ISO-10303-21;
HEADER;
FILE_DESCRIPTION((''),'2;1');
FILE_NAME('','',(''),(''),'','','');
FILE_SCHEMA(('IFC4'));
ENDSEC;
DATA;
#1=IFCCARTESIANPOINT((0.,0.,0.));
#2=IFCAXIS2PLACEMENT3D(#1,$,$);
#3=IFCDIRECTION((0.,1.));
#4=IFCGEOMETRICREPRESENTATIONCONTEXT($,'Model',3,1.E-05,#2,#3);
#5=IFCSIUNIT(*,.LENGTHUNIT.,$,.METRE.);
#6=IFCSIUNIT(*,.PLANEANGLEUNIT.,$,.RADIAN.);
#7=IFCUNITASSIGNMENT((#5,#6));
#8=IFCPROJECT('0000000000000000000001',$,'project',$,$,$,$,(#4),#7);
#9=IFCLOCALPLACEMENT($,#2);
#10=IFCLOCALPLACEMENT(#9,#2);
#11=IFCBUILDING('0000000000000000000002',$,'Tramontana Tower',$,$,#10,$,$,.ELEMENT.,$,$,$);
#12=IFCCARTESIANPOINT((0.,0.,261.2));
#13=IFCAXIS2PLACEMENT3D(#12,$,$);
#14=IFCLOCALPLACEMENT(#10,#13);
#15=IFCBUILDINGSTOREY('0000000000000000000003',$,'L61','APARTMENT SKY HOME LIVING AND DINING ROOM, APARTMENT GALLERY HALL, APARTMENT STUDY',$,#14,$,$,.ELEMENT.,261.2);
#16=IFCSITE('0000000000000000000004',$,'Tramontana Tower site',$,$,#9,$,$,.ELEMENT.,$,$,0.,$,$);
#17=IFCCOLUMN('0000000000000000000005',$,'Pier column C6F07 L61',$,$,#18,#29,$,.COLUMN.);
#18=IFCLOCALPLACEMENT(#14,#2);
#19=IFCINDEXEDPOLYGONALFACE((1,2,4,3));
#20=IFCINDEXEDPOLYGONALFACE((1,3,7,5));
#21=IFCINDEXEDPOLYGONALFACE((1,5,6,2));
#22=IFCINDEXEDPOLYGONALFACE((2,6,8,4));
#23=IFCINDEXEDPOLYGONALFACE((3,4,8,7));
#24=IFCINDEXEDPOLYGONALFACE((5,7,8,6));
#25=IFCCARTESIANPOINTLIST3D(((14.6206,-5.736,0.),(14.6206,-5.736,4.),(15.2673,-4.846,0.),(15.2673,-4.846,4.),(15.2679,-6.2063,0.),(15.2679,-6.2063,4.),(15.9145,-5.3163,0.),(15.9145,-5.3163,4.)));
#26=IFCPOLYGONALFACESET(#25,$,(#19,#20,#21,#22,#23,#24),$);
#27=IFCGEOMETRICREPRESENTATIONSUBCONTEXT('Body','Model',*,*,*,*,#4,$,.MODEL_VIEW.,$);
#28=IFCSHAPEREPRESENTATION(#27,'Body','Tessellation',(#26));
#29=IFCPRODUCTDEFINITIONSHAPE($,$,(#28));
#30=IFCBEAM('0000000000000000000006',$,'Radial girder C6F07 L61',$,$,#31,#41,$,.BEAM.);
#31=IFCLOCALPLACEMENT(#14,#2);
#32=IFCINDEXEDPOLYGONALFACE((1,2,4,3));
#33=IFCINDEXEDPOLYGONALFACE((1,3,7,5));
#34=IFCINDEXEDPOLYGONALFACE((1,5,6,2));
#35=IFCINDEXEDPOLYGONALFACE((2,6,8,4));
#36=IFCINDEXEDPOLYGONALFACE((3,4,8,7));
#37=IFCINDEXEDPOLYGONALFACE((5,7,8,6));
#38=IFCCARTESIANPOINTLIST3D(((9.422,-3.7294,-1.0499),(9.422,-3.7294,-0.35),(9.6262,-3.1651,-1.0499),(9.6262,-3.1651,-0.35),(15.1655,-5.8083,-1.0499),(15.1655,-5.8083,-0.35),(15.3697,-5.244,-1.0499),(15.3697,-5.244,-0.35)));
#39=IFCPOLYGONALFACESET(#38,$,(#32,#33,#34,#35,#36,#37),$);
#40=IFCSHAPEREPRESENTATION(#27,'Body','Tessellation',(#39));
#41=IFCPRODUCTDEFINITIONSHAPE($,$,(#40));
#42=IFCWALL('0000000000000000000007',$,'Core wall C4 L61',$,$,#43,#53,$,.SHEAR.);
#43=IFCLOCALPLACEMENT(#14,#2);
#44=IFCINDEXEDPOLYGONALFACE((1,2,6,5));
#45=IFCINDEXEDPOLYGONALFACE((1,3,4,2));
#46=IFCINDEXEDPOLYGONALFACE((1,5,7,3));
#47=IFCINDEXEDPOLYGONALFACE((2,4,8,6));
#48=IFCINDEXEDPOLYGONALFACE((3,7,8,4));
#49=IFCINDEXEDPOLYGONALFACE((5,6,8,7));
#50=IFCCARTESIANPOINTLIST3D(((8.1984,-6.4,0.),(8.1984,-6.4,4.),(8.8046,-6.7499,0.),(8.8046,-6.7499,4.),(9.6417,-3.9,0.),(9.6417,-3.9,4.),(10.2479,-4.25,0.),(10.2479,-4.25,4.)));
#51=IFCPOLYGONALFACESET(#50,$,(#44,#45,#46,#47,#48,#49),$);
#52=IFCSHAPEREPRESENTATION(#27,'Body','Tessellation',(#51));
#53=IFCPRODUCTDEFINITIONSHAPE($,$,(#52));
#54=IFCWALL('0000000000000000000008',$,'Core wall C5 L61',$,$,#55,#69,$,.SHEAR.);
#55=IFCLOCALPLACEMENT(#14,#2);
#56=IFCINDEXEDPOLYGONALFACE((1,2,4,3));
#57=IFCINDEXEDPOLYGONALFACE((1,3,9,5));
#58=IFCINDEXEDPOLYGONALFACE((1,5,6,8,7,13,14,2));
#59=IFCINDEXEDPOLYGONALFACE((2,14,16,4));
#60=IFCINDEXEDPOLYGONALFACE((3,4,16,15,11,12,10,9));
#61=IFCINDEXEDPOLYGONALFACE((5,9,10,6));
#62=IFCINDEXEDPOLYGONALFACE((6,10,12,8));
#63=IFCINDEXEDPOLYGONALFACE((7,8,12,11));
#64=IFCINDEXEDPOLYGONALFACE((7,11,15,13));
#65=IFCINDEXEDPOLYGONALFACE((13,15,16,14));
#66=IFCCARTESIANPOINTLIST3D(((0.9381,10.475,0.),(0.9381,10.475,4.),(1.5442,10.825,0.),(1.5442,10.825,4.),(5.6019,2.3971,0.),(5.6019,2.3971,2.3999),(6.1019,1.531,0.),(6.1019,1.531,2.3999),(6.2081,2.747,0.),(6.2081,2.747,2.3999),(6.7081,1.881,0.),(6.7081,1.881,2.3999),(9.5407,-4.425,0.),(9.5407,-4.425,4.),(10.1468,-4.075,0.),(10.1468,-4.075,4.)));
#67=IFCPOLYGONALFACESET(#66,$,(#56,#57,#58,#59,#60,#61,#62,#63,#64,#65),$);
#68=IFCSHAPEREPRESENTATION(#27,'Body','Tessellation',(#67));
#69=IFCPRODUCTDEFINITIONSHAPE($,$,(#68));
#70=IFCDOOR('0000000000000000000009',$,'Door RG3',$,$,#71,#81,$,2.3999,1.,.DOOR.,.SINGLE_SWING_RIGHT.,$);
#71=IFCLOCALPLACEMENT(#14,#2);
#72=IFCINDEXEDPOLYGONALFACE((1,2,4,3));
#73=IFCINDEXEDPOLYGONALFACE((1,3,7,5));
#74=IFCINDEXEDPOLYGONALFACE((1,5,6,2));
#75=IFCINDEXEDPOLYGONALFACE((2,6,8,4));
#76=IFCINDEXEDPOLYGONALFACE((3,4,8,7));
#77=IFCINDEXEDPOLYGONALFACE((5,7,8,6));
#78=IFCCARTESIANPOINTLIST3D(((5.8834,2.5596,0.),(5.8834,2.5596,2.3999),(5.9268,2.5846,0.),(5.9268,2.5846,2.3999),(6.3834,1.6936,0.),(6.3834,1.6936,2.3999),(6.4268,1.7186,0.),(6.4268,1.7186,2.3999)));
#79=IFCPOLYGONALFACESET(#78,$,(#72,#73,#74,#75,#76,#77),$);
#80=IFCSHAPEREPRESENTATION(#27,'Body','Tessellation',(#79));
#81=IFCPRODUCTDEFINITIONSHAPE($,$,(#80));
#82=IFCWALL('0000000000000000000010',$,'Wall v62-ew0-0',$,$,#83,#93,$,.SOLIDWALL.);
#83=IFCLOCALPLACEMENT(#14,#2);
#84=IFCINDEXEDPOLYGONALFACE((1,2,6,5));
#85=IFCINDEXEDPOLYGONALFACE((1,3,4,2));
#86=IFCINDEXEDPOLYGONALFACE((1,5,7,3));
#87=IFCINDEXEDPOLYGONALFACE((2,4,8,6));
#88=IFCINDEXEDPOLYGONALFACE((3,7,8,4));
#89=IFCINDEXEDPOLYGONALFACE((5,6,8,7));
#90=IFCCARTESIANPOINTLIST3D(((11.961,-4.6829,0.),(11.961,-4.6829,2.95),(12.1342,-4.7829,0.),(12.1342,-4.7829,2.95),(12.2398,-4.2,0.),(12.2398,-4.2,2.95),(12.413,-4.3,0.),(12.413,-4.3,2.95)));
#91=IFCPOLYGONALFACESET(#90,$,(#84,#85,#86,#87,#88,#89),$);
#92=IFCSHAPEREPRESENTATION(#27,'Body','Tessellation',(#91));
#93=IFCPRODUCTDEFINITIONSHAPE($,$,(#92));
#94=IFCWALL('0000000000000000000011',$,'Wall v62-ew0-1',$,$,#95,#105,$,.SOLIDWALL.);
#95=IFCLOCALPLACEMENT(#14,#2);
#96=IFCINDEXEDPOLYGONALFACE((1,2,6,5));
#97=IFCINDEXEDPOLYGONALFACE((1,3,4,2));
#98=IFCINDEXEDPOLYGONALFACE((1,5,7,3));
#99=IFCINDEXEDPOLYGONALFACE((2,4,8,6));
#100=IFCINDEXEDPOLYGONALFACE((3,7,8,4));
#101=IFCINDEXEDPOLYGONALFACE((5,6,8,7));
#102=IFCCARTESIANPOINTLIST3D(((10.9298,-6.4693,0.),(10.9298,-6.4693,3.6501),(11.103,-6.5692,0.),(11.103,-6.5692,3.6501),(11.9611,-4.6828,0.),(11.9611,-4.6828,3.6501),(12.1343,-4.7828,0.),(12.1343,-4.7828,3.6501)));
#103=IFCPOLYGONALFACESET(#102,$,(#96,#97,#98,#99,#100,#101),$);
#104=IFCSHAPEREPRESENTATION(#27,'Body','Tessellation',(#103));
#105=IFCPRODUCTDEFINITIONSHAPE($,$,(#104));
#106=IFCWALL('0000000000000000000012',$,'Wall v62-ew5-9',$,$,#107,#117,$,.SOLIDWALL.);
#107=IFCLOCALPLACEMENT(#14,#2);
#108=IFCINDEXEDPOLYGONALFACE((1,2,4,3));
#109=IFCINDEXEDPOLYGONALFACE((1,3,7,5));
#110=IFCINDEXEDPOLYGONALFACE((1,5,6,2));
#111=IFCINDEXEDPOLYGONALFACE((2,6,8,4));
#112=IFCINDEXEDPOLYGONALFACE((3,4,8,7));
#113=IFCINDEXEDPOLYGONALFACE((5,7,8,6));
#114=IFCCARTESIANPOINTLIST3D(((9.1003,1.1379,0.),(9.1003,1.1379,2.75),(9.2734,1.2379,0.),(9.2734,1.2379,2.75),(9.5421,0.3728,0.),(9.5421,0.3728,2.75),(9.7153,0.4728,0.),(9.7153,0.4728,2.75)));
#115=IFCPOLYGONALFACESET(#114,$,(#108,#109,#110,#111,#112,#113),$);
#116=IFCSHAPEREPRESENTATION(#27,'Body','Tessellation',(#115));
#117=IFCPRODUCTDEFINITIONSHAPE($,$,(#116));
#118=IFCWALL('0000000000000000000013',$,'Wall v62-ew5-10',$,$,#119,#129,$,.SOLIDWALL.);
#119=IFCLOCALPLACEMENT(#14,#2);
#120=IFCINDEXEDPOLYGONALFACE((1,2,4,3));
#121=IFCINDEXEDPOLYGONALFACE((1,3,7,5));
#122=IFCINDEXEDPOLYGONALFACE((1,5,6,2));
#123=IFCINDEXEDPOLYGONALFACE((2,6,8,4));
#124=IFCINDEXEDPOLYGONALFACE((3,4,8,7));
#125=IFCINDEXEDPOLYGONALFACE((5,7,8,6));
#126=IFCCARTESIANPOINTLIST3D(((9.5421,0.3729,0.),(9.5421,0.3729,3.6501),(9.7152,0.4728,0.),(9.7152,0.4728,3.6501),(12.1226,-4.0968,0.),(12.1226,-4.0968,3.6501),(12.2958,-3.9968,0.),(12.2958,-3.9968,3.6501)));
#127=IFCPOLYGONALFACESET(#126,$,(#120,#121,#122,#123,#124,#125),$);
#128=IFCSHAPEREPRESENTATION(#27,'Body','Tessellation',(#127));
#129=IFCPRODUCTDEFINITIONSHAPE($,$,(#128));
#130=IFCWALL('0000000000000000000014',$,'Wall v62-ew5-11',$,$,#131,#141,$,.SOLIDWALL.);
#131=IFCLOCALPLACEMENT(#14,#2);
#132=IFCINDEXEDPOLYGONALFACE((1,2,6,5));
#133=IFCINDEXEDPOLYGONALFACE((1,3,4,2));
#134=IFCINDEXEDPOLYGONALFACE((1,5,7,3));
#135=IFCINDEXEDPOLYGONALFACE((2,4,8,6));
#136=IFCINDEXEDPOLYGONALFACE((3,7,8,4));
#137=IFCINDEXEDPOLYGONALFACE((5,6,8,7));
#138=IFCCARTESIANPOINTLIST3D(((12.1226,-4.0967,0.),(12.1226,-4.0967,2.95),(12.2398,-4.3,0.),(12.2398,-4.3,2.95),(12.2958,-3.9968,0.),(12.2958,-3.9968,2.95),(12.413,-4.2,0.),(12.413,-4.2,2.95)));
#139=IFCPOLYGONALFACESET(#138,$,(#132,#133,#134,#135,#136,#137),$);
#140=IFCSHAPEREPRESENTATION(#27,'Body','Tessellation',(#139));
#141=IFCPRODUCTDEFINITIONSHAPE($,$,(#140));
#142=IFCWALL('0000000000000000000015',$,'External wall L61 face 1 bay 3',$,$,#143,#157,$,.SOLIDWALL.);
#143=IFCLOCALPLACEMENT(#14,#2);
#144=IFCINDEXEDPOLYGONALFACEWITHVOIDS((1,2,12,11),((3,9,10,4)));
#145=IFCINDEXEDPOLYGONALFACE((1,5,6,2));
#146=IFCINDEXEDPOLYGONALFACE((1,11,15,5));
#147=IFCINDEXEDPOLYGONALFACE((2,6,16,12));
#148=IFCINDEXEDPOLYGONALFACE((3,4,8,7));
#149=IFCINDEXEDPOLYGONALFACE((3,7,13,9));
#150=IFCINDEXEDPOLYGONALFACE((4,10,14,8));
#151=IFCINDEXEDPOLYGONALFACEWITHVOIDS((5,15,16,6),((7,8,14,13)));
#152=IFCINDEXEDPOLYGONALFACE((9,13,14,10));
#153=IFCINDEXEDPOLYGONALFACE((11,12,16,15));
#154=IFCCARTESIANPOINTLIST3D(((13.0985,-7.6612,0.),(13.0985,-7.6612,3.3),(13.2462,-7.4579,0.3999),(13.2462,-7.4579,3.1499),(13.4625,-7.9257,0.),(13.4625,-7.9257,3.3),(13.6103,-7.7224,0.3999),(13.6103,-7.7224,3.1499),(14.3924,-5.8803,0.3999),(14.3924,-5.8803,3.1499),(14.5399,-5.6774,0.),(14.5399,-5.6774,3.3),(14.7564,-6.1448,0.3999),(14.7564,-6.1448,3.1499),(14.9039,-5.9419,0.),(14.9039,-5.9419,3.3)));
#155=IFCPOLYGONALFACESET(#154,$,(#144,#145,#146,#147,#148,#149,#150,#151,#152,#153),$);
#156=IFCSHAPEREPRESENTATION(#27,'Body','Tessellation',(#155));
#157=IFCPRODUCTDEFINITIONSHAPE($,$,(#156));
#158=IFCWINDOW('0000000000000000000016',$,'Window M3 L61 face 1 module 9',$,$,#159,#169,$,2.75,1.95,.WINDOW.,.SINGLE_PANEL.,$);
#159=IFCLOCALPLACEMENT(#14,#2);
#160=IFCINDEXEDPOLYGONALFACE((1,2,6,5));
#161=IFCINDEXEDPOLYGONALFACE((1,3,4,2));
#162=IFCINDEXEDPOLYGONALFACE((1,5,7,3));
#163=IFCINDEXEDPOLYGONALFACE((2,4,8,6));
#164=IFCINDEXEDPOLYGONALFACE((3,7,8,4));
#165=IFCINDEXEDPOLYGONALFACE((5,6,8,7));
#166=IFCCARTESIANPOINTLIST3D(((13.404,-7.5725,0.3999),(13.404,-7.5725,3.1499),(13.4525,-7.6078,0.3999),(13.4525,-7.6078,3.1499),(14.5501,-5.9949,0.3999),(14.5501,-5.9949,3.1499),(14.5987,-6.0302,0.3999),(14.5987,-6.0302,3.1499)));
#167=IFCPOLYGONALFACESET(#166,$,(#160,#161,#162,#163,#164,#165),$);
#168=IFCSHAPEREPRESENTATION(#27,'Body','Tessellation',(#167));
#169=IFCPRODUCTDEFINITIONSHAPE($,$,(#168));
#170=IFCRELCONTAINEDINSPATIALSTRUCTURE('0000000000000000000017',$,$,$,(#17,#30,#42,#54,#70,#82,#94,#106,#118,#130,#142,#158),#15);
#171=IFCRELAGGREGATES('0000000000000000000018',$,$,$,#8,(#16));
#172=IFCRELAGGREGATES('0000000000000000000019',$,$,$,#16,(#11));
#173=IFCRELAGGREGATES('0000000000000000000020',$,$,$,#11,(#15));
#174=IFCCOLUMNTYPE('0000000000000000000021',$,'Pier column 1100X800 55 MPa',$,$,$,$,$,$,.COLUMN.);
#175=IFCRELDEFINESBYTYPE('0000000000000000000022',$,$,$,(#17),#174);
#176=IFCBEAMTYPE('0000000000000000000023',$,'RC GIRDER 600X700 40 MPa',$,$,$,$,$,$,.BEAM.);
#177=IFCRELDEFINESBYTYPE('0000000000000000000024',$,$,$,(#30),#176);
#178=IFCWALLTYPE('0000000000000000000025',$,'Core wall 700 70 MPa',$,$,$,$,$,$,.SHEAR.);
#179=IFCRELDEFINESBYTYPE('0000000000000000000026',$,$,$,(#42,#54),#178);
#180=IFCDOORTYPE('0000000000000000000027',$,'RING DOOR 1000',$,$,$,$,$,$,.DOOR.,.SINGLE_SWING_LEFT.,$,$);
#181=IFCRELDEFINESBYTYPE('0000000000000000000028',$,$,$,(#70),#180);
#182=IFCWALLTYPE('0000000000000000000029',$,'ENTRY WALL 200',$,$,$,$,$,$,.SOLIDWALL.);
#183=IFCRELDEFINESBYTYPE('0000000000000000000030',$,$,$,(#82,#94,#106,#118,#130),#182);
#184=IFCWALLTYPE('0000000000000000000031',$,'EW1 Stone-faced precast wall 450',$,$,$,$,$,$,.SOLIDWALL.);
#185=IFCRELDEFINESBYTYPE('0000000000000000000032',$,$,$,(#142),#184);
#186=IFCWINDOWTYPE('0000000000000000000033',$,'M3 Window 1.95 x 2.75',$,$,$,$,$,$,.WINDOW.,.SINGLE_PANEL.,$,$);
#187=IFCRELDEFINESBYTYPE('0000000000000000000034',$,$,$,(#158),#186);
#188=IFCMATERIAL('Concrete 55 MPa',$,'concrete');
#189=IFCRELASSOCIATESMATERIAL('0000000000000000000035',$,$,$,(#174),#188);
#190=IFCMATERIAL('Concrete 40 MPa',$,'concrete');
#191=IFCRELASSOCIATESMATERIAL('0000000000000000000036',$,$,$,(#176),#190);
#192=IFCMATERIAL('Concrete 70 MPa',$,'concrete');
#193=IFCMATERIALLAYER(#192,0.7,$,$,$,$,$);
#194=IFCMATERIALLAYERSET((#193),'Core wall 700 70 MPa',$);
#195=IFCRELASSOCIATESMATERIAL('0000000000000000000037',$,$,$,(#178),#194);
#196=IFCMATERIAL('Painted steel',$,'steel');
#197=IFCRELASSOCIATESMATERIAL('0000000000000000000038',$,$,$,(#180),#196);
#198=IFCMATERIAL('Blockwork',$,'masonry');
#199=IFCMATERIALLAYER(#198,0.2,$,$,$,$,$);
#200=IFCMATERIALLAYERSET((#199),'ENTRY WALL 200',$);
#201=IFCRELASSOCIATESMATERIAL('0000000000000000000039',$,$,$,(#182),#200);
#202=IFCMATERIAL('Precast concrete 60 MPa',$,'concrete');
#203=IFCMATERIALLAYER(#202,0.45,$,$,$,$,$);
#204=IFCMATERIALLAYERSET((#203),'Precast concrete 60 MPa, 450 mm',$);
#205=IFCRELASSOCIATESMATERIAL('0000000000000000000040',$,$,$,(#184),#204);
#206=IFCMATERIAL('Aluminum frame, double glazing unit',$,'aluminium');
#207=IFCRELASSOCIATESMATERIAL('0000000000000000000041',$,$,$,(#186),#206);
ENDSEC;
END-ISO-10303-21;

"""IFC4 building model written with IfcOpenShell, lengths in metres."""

from ifc_helpers import new_model, si_unit, direction, frame, frame_2d, origin, origin_2d, place, context, subcontext, project, spatial, rectangle, extrude, material, layer, layer_set, material_profile, profile_set, type_object, element, fill, save


model = new_model("IFC4")

# Units and contexts
model_context = context("Model", 3, precision=1e-05, world=origin(), true_north=direction((0.0, 1.0)))
body_context = subcontext(model_context, "Body", "Model", "MODEL_VIEW")
ifc_project = project(units=[si_unit("LENGTHUNIT", "METRE"), si_unit("PLANEANGLEUNIT", "RADIAN")], contexts=[model_context])

# Site, building, storey
site_placement = place(None, origin())
site = spatial("IfcSite", under=ifc_project, at=site_placement, Name="Tramontana Tower site", CompositionType="ELEMENT", RefElevation=0.0)
building_placement = place(site_placement, origin())
building = spatial("IfcBuilding", under=site, at=building_placement, Name="Tramontana Tower", CompositionType="ELEMENT")
storey_placement = place(building_placement, frame((0.0, 0.0, 261.2)))
storey = spatial("IfcBuildingStorey", under=building, at=storey_placement, Name="L61", Description="APARTMENT SKY HOME LIVING AND DINING ROOM, APARTMENT GALLERY HALL, APARTMENT STUDY", CompositionType="ELEMENT", Elevation=261.2)

# Column
ifc_material_1 = material(Name="Concrete 55 MPa", Category="concrete")
ifc_material_profile_1 = material_profile(ifc_material_1, rectangle(XDim=1.1001, YDim=0.8, at=origin_2d()), Name="Pier column 1100X800 55 MPa")
ifc_profile_set_1 = profile_set([ifc_material_profile_1], Name="Concrete 55 MPa")
column_type = type_object("IfcColumnType", Name="Pier column 1100X800 55 MPa", PredefinedType="COLUMN", material=ifc_profile_set_1)
column_placement = place(storey_placement, frame((15.2676, -5.5261, 0.0), z_axis=(0.0, 0.0, 1.0), x_axis=(0.587785, 0.809017, 0.0)))
element("IfcColumn", 1, at=column_placement, inside=storey, type_object=column_type, Name="Pier column C6F07 L61", PredefinedType="COLUMN", context=body_context, shape_type="SweptSolid", body=[
    extrude(rectangle(XDim=1.1001, YDim=0.8, at=origin_2d()), origin(), (0.0, 0.0, 1.0), 4.0),
])

# Beam
ifc_material_2 = material(Name="Concrete 40 MPa", Category="concrete")
ifc_material_profile_2 = material_profile(ifc_material_2, rectangle(XDim=0.6001, YDim=0.7, at=origin_2d()), Name="RC GIRDER 600X700 40 MPa")
ifc_profile_set_2 = profile_set([ifc_material_profile_2], Name="Concrete 40 MPa")
beam_type = type_object("IfcBeamType", Name="RC GIRDER 600X700 40 MPa", PredefinedType="BEAM", material=ifc_profile_set_2)
beam_placement = place(storey_placement, frame((15.2676, -5.5261, -0.7), z_axis=(-0.9403, 0.340347, 0.0), x_axis=(-0.340347, -0.9403, 0.0)))
element("IfcBeam", 2, at=beam_placement, inside=storey, type_object=beam_type, Name="Radial girder C6F07 L61", PredefinedType="BEAM", context=body_context, shape_type="SweptSolid", body=[
    extrude(rectangle(XDim=0.6001, YDim=0.7, at=origin_2d()), origin(), (0.0, 0.0, 1.0), 6.1082),
])

# Wall
ifc_material_3 = material(Name="Concrete 70 MPa", Category="concrete")
ifc_layer_1 = layer(ifc_material_3, 0.7)
ifc_layer_set_1 = layer_set([ifc_layer_1], Name="Core wall 700 70 MPa")
wall_type_1 = type_object("IfcWallType", Name="Core wall 700 70 MPa", PredefinedType="SHEAR", material=ifc_layer_set_1)
wall_1_placement = place(storey_placement, frame((8.5015, -6.575, 0.0), z_axis=(0.0, 0.0, 1.0), x_axis=(0.499996, 0.866028, 0.0)))
element("IfcWall", 3, at=wall_1_placement, inside=storey, type_object=wall_type_1, Name="Core wall C4 L61", PredefinedType="SHEAR", context=body_context, shape_type="SweptSolid", body=[
    extrude(rectangle(XDim=2.8867, YDim=0.7, at=frame_2d((1.4434, 0.0))), origin(), (0.0, 0.0, 1.0), 4.0),
])

# Wall, opening, door
wall_2_placement = place(storey_placement, frame((9.8438, -4.25, 0.0), z_axis=(0.0, 0.0, 1.0), x_axis=(-0.500003, 0.866023, 0.0)))
wall_2 = element("IfcWall", 4, at=wall_2_placement, inside=storey, type_object=wall_type_1, Name="Core wall C5 L61", PredefinedType="SHEAR", context=body_context, shape_type="SweptSolid", body=[
    extrude(rectangle(XDim=17.2051, YDim=0.7, at=frame_2d((8.6025, 0.0))), origin(), (0.0, 0.0, 1.0), 4.0),
])
opening_1_placement = place(wall_2_placement, frame((6.8774, 0.0, 0.0)))
opening_1 = element("IfcOpeningElement", 5, at=opening_1_placement, cuts=wall_2, PredefinedType="OPENING", context=body_context, shape_type="SweptSolid", body=[
    extrude(rectangle(XDim=1.0, YDim=2.3999, at=frame_2d((0.5, 1.2))), frame((0.0, 0.3599, 0.0), z_axis=(0.0, -1.0, 0.0), x_axis=(1.0, 0.0, 0.0)), (0.0, 0.0, 1.0), 0.72),
])
ifc_material_4 = material(Name="Painted steel", Category="steel")
door_type_1 = type_object("IfcDoorType", Name="RING DOOR 1000", OperationType="SINGLE_SWING_LEFT", PredefinedType="DOOR", material=ifc_material_4)
door_1_placement = place(opening_1_placement, origin())
door_1 = element("IfcDoor", 6, at=door_1_placement, inside=storey, type_object=door_type_1, Name="Door RG3", OperationType="SINGLE_SWING_RIGHT", OverallHeight=2.3999, OverallWidth=1.0, PredefinedType="DOOR", context=body_context, shape_type="SweptSolid", body=[
    extrude(rectangle(XDim=1.0, YDim=2.3999, at=frame_2d((0.5, 1.2))), frame((0.0, 0.0249, 0.0), z_axis=(0.0, -1.0, 0.0), x_axis=(1.0, 0.0, 0.0)), (0.0, 0.0, 1.0), 0.05),
])
fill(opening_1, door_1)

# Walls
ifc_material_5 = material(Name="Blockwork", Category="masonry")
ifc_layer_2 = layer(ifc_material_5, 0.2)
ifc_layer_set_2 = layer_set([ifc_layer_2], Name="ENTRY WALL 200")
wall_type_2 = type_object("IfcWallType", Name="ENTRY WALL 200", PredefinedType="SOLIDWALL", material=ifc_layer_set_2)
wall_3_placement = place(storey_placement, frame((12.3264, -4.25, 0.0), z_axis=(0.0, 0.0, 1.0), x_axis=(-0.5, -0.866025, 0.0)))
element("IfcWall", 7, at=wall_3_placement, inside=storey, type_object=wall_type_2, Name="Wall v62-ew0-0", PredefinedType="SOLIDWALL", context=body_context, shape_type="SweptSolid", body=[
    extrude(rectangle(XDim=0.5576, YDim=0.2, at=frame_2d((0.2788, 0.0))), origin(), (0.0, 0.0, 1.0), 2.95),
])
wall_4_placement = place(storey_placement, frame((12.0476, -4.7329, 0.0), z_axis=(0.0, 0.0, 1.0), x_axis=(-0.499958, -0.86605, 0.0)))
element("IfcWall", 8, at=wall_4_placement, inside=storey, type_object=wall_type_2, Name="Wall v62-ew0-1", PredefinedType="SOLIDWALL", context=body_context, shape_type="SweptSolid", body=[
    extrude(rectangle(XDim=2.0627, YDim=0.2, at=frame_2d((1.0312, 0.0))), origin(), (0.0, 0.0, 1.0), 3.6501),
])
wall_5_placement = place(storey_placement, frame((9.1868, 1.188, 0.0), z_axis=(0.0, 0.0, 1.0), x_axis=(0.500121, -0.865955, 0.0)))
element("IfcWall", 9, at=wall_5_placement, inside=storey, type_object=wall_type_2, Name="Wall v62-ew5-9", PredefinedType="SOLIDWALL", context=body_context, shape_type="SweptSolid", body=[
    extrude(rectangle(XDim=0.8835, YDim=0.2, at=frame_2d((0.4419, 0.0))), origin(), (0.0, 0.0, 1.0), 2.75),
])
wall_6_placement = place(storey_placement, frame((9.6287, 0.4229, 0.0), z_axis=(0.0, 0.0, 1.0), x_axis=(0.499995, -0.866028, 0.0)))
element("IfcWall", 10, at=wall_6_placement, inside=storey, type_object=wall_type_2, Name="Wall v62-ew5-10", PredefinedType="SOLIDWALL", context=body_context, shape_type="SweptSolid", body=[
    extrude(rectangle(XDim=5.1611, YDim=0.2, at=frame_2d((2.5806, 0.0))), origin(), (0.0, 0.0, 1.0), 3.6501),
])
wall_7_placement = place(storey_placement, frame((12.2092, -4.0469, 0.0), z_axis=(0.0, 0.0, 1.0), x_axis=(0.499722, -0.866186, 0.0)))
element("IfcWall", 11, at=wall_7_placement, inside=storey, type_object=wall_type_2, Name="Wall v62-ew5-11", PredefinedType="SOLIDWALL", context=body_context, shape_type="SweptSolid", body=[
    extrude(rectangle(XDim=0.2346, YDim=0.2, at=frame_2d((0.1172, 0.0))), origin(), (0.0, 0.0, 1.0), 2.95),
])

# Wall, opening, window
ifc_material_6 = material(Name="Precast concrete 60 MPa", Category="concrete")
ifc_layer_3 = layer(ifc_material_6, 0.45)
ifc_layer_set_3 = layer_set([ifc_layer_3], Name="Precast concrete 60 MPa, 450 mm")
wall_type_3 = type_object("IfcWallType", Name="EW1 Stone-faced precast wall 450", PredefinedType="SOLIDWALL", material=ifc_layer_set_3)
wall_8_placement = place(storey_placement, frame((13.2805, -7.7935, 0.0), z_axis=(0.0, 0.0, 1.0), x_axis=(0.587793, 0.809012, 0.0)))
wall_8 = element("IfcWall", 12, at=wall_8_placement, inside=storey, type_object=wall_type_3, Name="External wall L61 face 1 bay 3", PredefinedType="SOLIDWALL", context=body_context, shape_type="SweptSolid", body=[
    extrude(rectangle(XDim=2.4521, YDim=0.45, at=frame_2d((1.2261, 0.0))), origin(), (0.0, 0.0, 1.0), 3.3),
])
opening_2_placement = place(wall_8_placement, frame((0.2512, 0.0, 0.3999)))
opening_2 = element("IfcOpeningElement", 13, at=opening_2_placement, cuts=wall_8, PredefinedType="OPENING", context=body_context, shape_type="SweptSolid", body=[
    extrude(rectangle(XDim=1.95, YDim=2.75, at=frame_2d((0.9751, 1.375))), frame((0.0, 0.2349, 0.0), z_axis=(0.0, -1.0, 0.0), x_axis=(1.0, 0.0, 0.0)), (0.0, 0.0, 1.0), 0.47),
])
ifc_material_7 = material(Name="Aluminum frame, double glazing unit", Category="aluminium")
window_type_1 = type_object("IfcWindowType", Name="M3 Window 1.95 x 2.75", PartitioningType="SINGLE_PANEL", PredefinedType="WINDOW", material=ifc_material_7)
window_1_placement = place(opening_2_placement, origin())
window_1 = element("IfcWindow", 14, at=window_1_placement, inside=storey, type_object=window_type_1, Name="Window M3 L61 face 1 module 9", OverallHeight=2.75, OverallWidth=1.95, PartitioningType="SINGLE_PANEL", PredefinedType="WINDOW", context=body_context, shape_type="SweptSolid", body=[
    extrude(rectangle(XDim=1.95, YDim=2.75, at=frame_2d((0.9751, 1.375))), frame((0.0, 0.03, 0.0), z_axis=(0.0, -1.0, 0.0), x_axis=(1.0, 0.0, 0.0)), (0.0, 0.0, 1.0), 0.0601),
])
fill(opening_2, window_1)

save(model, "model.ifc")
